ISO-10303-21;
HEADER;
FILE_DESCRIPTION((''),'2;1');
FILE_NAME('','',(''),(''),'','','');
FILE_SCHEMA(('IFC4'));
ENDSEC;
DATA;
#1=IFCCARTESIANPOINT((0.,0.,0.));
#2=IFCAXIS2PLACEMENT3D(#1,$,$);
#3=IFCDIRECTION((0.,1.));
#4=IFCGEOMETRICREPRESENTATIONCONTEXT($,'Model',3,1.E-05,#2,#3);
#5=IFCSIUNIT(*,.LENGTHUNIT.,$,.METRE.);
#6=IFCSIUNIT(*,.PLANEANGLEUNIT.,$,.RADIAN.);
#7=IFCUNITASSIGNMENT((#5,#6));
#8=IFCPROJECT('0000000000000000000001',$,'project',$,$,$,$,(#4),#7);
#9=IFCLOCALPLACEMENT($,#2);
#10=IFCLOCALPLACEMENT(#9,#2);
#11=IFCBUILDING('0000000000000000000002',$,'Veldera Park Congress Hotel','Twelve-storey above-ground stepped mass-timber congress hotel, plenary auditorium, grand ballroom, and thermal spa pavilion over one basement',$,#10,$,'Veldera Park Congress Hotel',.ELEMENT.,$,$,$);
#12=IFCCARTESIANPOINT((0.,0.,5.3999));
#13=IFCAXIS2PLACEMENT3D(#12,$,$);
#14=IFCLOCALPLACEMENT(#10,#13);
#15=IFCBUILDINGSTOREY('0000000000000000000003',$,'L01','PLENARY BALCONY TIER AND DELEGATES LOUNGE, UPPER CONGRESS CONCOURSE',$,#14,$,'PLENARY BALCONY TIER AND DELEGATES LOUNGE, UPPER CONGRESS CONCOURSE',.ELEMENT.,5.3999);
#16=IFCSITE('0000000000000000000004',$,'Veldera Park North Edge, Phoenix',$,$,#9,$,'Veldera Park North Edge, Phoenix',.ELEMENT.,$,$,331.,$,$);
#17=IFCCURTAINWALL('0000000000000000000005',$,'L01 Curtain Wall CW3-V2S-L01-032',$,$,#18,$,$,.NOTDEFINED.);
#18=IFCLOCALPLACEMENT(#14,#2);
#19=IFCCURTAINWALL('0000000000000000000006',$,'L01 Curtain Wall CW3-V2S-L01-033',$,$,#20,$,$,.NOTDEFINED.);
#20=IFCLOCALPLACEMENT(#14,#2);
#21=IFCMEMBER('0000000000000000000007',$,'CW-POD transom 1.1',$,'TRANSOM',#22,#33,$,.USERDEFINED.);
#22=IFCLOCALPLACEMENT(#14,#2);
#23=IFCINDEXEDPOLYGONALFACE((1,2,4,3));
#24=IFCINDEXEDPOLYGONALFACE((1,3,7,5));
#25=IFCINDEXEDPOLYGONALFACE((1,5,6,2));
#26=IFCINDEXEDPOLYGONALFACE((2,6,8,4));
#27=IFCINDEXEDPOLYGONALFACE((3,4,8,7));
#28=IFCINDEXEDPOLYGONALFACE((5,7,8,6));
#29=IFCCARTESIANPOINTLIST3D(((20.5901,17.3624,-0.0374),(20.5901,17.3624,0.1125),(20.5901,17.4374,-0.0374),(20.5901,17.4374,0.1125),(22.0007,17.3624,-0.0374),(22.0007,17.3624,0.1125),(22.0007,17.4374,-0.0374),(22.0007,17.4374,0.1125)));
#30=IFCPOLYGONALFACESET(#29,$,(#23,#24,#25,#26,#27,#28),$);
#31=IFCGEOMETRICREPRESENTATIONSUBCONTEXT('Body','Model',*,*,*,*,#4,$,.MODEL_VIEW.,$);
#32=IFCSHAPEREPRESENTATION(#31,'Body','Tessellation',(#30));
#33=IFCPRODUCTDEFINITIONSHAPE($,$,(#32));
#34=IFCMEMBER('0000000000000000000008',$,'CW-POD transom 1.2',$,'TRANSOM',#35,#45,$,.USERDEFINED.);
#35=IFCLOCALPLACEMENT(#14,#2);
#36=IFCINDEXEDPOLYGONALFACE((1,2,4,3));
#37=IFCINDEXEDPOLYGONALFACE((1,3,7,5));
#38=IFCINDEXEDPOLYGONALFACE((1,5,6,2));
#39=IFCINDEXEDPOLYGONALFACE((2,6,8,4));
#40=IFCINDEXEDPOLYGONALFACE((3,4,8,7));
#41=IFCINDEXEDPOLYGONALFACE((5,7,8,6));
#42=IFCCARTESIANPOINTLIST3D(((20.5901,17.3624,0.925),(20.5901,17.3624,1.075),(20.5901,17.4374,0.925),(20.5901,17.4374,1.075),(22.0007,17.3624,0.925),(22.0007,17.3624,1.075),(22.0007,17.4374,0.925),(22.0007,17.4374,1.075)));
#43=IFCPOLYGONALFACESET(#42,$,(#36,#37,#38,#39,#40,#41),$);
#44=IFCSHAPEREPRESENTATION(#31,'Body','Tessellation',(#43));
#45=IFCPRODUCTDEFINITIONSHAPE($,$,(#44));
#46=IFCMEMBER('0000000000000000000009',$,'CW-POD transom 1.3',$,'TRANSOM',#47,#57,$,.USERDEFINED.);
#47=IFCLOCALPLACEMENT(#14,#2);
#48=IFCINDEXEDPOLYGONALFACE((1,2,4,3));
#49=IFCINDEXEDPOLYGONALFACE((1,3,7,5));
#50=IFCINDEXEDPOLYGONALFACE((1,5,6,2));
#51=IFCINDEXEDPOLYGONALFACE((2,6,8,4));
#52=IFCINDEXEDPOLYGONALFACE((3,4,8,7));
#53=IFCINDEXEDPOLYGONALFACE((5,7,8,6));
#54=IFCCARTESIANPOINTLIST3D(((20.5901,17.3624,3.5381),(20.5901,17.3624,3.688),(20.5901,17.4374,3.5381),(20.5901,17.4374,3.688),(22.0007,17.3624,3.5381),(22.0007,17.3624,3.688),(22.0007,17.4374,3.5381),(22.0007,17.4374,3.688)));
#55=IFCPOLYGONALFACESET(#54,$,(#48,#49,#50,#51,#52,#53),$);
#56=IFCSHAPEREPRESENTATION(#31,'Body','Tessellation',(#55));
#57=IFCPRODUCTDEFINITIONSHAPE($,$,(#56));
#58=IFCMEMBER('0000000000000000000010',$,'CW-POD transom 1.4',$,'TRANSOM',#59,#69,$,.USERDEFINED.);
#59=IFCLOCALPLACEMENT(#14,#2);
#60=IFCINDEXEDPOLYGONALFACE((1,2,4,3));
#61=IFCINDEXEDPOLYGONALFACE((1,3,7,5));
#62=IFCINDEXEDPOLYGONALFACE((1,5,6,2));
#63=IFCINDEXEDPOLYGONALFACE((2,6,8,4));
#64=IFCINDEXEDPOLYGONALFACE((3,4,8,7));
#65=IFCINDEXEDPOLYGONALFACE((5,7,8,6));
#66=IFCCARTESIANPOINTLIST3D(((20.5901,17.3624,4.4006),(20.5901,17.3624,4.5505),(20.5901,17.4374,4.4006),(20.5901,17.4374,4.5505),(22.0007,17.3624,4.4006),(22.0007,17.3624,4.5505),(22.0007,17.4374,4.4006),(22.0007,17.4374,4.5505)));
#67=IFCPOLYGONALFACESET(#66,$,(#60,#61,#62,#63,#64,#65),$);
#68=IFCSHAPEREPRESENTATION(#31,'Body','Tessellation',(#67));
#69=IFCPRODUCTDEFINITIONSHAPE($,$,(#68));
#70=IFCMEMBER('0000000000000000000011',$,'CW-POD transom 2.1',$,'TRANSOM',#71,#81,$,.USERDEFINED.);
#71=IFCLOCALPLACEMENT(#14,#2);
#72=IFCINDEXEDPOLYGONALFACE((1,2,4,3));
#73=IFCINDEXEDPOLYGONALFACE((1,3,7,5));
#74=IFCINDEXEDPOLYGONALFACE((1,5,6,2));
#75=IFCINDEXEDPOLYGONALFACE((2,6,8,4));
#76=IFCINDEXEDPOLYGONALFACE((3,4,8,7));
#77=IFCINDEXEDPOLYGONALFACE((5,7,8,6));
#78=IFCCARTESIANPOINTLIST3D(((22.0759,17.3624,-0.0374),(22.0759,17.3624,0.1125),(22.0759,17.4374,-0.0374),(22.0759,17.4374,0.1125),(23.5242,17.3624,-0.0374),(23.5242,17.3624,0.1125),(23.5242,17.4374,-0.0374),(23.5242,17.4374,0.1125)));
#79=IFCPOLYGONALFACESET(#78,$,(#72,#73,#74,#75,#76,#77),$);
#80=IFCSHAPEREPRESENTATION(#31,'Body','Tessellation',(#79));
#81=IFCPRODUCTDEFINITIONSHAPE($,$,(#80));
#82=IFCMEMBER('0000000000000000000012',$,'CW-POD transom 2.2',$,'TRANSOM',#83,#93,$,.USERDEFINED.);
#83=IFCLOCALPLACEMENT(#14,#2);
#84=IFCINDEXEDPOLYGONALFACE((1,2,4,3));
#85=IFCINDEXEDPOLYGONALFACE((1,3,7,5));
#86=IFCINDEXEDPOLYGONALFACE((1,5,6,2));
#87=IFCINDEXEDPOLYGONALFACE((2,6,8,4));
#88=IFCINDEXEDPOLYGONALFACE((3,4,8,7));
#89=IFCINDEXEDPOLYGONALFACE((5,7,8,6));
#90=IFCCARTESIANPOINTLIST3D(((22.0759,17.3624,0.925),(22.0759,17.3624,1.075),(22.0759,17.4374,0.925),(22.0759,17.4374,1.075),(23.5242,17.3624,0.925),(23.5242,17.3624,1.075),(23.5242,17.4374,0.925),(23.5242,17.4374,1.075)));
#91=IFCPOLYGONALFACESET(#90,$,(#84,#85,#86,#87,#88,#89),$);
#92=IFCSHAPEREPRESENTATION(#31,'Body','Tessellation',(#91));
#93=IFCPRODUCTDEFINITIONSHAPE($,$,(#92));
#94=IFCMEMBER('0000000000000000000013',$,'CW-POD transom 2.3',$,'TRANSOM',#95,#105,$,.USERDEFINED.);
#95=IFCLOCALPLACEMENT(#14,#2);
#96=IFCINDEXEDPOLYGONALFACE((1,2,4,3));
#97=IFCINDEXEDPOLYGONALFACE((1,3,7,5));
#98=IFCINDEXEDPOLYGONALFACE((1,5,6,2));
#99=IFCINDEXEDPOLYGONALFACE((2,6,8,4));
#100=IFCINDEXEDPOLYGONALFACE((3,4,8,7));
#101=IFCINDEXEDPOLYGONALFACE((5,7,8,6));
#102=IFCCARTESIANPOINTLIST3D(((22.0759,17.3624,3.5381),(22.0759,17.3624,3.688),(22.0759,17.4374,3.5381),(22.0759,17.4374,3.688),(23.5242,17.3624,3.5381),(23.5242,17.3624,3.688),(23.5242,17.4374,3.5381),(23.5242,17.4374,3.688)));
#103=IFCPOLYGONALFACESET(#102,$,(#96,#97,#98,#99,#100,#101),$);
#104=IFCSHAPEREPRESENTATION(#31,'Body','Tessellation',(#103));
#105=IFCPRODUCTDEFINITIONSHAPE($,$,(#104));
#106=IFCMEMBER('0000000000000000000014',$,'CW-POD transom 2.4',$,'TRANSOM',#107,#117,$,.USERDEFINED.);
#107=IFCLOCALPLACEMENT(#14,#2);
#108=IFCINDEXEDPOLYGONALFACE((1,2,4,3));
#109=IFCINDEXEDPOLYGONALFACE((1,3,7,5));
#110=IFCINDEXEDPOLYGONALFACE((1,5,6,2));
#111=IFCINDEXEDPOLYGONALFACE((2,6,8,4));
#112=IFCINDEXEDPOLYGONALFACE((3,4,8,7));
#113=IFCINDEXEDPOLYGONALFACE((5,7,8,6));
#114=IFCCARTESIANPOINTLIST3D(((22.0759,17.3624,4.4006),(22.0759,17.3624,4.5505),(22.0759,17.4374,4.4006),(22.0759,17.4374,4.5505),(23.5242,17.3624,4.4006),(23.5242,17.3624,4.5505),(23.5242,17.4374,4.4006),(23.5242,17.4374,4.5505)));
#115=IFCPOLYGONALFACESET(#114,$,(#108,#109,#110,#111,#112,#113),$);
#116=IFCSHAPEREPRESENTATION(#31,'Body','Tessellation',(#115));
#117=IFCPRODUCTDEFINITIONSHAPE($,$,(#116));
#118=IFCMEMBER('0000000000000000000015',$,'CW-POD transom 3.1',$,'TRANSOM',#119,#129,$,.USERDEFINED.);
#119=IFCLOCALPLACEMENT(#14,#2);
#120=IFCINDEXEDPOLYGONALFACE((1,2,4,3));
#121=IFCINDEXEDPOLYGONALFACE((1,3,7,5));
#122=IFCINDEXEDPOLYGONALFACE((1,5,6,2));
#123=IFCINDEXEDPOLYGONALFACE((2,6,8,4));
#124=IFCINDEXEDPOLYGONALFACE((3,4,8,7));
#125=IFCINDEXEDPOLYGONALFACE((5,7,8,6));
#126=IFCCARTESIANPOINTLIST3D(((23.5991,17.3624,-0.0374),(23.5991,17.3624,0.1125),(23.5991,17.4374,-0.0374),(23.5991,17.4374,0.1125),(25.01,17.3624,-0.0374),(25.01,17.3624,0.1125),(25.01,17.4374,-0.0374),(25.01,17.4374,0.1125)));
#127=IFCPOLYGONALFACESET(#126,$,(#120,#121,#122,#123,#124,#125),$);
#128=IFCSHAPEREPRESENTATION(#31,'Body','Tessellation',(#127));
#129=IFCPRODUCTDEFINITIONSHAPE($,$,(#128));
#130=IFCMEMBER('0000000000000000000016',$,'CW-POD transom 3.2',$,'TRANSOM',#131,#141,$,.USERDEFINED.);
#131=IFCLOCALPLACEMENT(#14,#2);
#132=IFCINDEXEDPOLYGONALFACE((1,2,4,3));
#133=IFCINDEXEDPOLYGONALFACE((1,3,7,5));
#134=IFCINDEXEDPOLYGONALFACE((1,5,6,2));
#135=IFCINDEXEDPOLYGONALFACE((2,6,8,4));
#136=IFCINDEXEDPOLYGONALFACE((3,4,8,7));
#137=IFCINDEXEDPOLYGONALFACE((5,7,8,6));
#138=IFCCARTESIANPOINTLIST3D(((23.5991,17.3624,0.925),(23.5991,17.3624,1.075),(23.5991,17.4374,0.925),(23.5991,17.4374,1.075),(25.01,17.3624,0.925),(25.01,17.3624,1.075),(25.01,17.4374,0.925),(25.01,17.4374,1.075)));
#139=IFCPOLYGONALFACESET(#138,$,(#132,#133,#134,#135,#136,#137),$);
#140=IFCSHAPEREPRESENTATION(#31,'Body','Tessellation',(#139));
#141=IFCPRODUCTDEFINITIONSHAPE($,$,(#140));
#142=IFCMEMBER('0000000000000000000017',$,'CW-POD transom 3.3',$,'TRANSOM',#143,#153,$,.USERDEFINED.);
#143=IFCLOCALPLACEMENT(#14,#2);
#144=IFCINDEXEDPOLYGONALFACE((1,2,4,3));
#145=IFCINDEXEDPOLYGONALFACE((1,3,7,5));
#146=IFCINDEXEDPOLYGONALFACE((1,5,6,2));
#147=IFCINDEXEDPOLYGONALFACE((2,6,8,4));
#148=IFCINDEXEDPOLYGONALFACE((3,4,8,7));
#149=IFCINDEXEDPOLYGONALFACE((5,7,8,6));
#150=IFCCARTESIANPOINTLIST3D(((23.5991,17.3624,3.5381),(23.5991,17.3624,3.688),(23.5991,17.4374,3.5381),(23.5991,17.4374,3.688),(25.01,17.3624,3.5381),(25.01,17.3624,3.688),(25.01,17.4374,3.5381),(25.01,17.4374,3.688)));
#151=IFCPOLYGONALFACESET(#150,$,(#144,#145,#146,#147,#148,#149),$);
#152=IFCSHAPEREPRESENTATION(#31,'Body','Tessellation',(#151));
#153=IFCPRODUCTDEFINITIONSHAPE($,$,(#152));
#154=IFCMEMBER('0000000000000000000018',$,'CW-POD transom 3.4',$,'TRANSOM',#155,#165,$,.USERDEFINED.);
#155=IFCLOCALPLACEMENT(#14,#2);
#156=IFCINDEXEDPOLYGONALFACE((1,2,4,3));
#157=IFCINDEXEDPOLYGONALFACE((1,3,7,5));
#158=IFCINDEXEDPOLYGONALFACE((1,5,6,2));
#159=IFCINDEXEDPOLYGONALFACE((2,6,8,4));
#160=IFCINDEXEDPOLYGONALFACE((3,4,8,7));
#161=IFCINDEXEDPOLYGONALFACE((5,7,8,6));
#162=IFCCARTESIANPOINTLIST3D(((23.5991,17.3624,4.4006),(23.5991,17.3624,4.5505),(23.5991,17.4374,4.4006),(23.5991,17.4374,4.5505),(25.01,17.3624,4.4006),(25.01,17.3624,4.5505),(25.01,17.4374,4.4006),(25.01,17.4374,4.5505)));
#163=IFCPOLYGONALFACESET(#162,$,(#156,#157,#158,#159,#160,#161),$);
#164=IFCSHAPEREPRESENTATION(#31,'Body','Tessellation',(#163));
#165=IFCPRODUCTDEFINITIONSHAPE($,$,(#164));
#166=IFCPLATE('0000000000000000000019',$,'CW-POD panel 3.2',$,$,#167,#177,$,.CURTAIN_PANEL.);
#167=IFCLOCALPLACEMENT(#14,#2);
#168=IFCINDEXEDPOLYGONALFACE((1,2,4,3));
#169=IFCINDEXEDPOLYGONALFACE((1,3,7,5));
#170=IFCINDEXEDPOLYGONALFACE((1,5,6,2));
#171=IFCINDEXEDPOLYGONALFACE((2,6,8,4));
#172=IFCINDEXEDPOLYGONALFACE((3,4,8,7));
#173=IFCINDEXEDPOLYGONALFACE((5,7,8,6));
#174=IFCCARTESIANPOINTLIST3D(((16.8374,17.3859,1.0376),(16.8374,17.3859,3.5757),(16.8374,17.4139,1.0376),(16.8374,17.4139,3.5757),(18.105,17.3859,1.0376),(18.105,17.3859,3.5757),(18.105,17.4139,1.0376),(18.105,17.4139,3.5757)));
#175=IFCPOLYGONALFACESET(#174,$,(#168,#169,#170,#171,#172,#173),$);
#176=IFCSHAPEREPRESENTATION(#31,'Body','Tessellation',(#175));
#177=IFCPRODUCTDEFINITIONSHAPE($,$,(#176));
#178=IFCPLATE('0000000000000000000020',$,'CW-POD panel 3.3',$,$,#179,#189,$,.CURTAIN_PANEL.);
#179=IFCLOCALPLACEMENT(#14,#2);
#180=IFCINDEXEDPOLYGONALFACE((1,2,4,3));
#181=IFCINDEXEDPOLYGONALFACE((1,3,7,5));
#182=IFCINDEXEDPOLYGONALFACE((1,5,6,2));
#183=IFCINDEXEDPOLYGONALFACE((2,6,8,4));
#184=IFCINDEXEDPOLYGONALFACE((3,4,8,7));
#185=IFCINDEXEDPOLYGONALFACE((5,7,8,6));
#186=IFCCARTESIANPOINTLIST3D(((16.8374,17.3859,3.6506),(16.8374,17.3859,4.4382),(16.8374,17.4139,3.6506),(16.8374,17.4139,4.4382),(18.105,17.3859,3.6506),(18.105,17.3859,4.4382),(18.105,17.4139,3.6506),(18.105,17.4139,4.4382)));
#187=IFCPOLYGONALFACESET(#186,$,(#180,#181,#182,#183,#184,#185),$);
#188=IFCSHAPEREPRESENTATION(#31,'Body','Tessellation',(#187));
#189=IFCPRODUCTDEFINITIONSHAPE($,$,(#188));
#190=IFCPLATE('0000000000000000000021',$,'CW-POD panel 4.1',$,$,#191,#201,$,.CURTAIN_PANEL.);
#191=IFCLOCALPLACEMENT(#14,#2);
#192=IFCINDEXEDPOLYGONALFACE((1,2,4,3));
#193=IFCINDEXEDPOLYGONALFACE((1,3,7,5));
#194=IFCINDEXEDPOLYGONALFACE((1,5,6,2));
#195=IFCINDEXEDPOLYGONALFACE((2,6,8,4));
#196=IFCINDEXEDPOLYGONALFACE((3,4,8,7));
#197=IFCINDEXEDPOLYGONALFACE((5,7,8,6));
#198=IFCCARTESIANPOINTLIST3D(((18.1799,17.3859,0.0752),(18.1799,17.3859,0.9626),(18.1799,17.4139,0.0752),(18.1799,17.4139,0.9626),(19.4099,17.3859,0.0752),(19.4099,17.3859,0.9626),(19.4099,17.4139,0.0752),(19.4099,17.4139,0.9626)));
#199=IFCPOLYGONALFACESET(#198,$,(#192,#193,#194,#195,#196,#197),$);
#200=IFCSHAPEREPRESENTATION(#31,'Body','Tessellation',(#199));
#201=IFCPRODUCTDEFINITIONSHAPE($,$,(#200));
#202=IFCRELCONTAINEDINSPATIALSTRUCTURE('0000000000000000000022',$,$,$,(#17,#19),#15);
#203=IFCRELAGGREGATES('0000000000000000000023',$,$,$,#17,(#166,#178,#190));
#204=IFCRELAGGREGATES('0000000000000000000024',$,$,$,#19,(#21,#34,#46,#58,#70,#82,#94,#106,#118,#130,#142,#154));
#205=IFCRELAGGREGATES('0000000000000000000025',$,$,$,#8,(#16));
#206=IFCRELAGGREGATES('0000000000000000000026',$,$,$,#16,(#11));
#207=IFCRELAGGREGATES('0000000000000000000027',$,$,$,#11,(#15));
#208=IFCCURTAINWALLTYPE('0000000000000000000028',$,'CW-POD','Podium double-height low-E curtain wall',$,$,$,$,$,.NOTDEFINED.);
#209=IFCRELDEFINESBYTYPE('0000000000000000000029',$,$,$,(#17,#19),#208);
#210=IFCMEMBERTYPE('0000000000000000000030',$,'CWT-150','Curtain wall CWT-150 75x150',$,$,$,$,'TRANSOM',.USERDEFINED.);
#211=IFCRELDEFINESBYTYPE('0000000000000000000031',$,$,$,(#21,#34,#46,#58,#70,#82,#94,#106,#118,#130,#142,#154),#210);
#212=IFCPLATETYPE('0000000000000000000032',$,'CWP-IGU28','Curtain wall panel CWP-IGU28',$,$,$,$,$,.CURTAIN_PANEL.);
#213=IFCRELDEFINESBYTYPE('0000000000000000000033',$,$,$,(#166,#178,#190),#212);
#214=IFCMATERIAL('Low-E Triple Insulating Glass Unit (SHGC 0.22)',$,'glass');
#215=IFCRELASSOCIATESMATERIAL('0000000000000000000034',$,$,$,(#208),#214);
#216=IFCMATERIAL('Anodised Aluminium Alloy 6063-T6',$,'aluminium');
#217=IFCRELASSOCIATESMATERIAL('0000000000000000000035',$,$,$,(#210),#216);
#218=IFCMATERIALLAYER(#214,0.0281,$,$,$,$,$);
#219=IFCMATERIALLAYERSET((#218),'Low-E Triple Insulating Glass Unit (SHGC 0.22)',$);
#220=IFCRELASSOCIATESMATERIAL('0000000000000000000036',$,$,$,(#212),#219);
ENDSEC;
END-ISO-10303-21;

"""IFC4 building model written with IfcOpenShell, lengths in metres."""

from ifc_helpers import new_model, si_unit, direction, frame, origin, origin_2d, place, context, subcontext, project, spatial, rectangle, extrude, material, layer, layer_set, material_profile, profile_set, type_object, element, aggregate, save


model = new_model("IFC4")

# Units and contexts
model_context = context("Model", 3, precision=1e-05, world=origin(), true_north=direction((0.0, 1.0)))
body_context = subcontext(model_context, "Body", "Model", "MODEL_VIEW")
ifc_project = project(units=[si_unit("LENGTHUNIT", "METRE"), si_unit("PLANEANGLEUNIT", "RADIAN")], contexts=[model_context])

# Site, building, storey
site_placement = place(None, origin())
site = spatial("IfcSite", under=ifc_project, at=site_placement, Name="Veldera Park North Edge, Phoenix", LongName="Veldera Park North Edge, Phoenix", CompositionType="ELEMENT", RefElevation=331.0)
building_placement = place(site_placement, origin())
building = spatial("IfcBuilding", under=site, at=building_placement, Name="Veldera Park Congress Hotel", Description="Twelve-storey above-ground stepped mass-timber congress hotel, plenary auditorium, grand ballroom, and thermal spa pavilion over one basement", LongName="Veldera Park Congress Hotel", CompositionType="ELEMENT")
storey_placement = place(building_placement, frame((0.0, 0.0, 5.3999)))
storey = spatial("IfcBuildingStorey", under=building, at=storey_placement, Name="L01", Description="PLENARY BALCONY TIER AND DELEGATES LOUNGE, UPPER CONGRESS CONCOURSE", LongName="PLENARY BALCONY TIER AND DELEGATES LOUNGE, UPPER CONGRESS CONCOURSE", CompositionType="ELEMENT", Elevation=5.3999)

# Curtain walls
ifc_material_1 = material(Name="Low-E Triple Insulating Glass Unit (SHGC 0.22)", Category="glass")
curtain_wall_type = type_object("IfcCurtainWallType", Name="CW-POD", Description="Podium double-height low-E curtain wall", PredefinedType="NOTDEFINED", material=ifc_material_1)
curtain_wall_1_placement = place(storey_placement, origin())
curtain_wall_1 = element("IfcCurtainWall", 1, at=curtain_wall_1_placement, inside=storey, type_object=curtain_wall_type, Name="L01 Curtain Wall CW3-V2S-L01-032", PredefinedType="NOTDEFINED")
ifc_material_2 = material(Name="Anodised Aluminium Alloy 6063-T6", Category="aluminium")
curtain_wall_2_placement = place(storey_placement, origin())
curtain_wall_2 = element("IfcCurtainWall", 2, at=curtain_wall_2_placement, inside=storey, type_object=curtain_wall_type, Name="L01 Curtain Wall CW3-V2S-L01-033", PredefinedType="NOTDEFINED")

# Members
ifc_material_profile_1 = material_profile(ifc_material_2, rectangle(XDim=0.075, YDim=0.1499, at=origin_2d()), Name="ALU 75x150")
ifc_profile_set_1 = profile_set([ifc_material_profile_1], Name="Anodised Aluminium Alloy 6063-T6")
member_type_1 = type_object("IfcMemberType", Name="CWT-150", Description="Curtain wall CWT-150 75x150", ElementType="TRANSOM", PredefinedType="USERDEFINED", material=ifc_profile_set_1)
member_1_placement = place(storey_placement, frame((20.5901, 17.3999, 0.0376), z_axis=(1.0, 0.0, 0.0), x_axis=(0.0, 1.0, 0.0)))
member_1 = element("IfcMember", 3, at=member_1_placement, type_object=member_type_1, Name="CW-POD transom 1.1", ObjectType="TRANSOM", PredefinedType="USERDEFINED", context=body_context, shape_type="SweptSolid", body=[
    extrude(rectangle(XDim=0.075, YDim=0.1499, at=origin_2d()), origin(), (0.0, 0.0, 1.0), 1.4106),
])
member_2_placement = place(storey_placement, frame((20.5901, 17.3999, 1.0), z_axis=(1.0, 0.0, 0.0), x_axis=(0.0, 1.0, 0.0)))
member_2 = element("IfcMember", 4, at=member_2_placement, type_object=member_type_1, Name="CW-POD transom 1.2", ObjectType="TRANSOM", PredefinedType="USERDEFINED", context=body_context, shape_type="SweptSolid", body=[
    extrude(rectangle(XDim=0.075, YDim=0.1499, at=origin_2d()), origin(), (0.0, 0.0, 1.0), 1.4106),
])
member_3_placement = place(storey_placement, frame((20.5901, 17.3999, 3.613), z_axis=(1.0, 0.0, 0.0), x_axis=(0.0, 1.0, 0.0)))
member_3 = element("IfcMember", 5, at=member_3_placement, type_object=member_type_1, Name="CW-POD transom 1.3", ObjectType="TRANSOM", PredefinedType="USERDEFINED", context=body_context, shape_type="SweptSolid", body=[
    extrude(rectangle(XDim=0.075, YDim=0.1499, at=origin_2d()), origin(), (0.0, 0.0, 1.0), 1.4106),
])
member_4_placement = place(storey_placement, frame((20.5901, 17.3999, 4.4756), z_axis=(1.0, 0.0, 0.0), x_axis=(0.0, 1.0, 0.0)))
member_4 = element("IfcMember", 6, at=member_4_placement, type_object=member_type_1, Name="CW-POD transom 1.4", ObjectType="TRANSOM", PredefinedType="USERDEFINED", context=body_context, shape_type="SweptSolid", body=[
    extrude(rectangle(XDim=0.075, YDim=0.1499, at=origin_2d()), origin(), (0.0, 0.0, 1.0), 1.4106),
])
member_5_placement = place(storey_placement, frame((22.0759, 17.3999, 0.0376), z_axis=(1.0, 0.0, 0.0), x_axis=(0.0, 1.0, 0.0)))
member_5 = element("IfcMember", 7, at=member_5_placement, type_object=member_type_1, Name="CW-POD transom 2.1", ObjectType="TRANSOM", PredefinedType="USERDEFINED", context=body_context, shape_type="SweptSolid", body=[
    extrude(rectangle(XDim=0.075, YDim=0.1499, at=origin_2d()), origin(), (0.0, 0.0, 1.0), 1.4482),
])
member_6_placement = place(storey_placement, frame((22.0759, 17.3999, 1.0), z_axis=(1.0, 0.0, 0.0), x_axis=(0.0, 1.0, 0.0)))
member_6 = element("IfcMember", 8, at=member_6_placement, type_object=member_type_1, Name="CW-POD transom 2.2", ObjectType="TRANSOM", PredefinedType="USERDEFINED", context=body_context, shape_type="SweptSolid", body=[
    extrude(rectangle(XDim=0.075, YDim=0.1499, at=origin_2d()), origin(), (0.0, 0.0, 1.0), 1.4482),
])
member_7_placement = place(storey_placement, frame((22.0759, 17.3999, 3.613), z_axis=(1.0, 0.0, 0.0), x_axis=(0.0, 1.0, 0.0)))
member_7 = element("IfcMember", 9, at=member_7_placement, type_object=member_type_1, Name="CW-POD transom 2.3", ObjectType="TRANSOM", PredefinedType="USERDEFINED", context=body_context, shape_type="SweptSolid", body=[
    extrude(rectangle(XDim=0.075, YDim=0.1499, at=origin_2d()), origin(), (0.0, 0.0, 1.0), 1.4482),
])
member_8_placement = place(storey_placement, frame((22.0759, 17.3999, 4.4756), z_axis=(1.0, 0.0, 0.0), x_axis=(0.0, 1.0, 0.0)))
member_8 = element("IfcMember", 10, at=member_8_placement, type_object=member_type_1, Name="CW-POD transom 2.4", ObjectType="TRANSOM", PredefinedType="USERDEFINED", context=body_context, shape_type="SweptSolid", body=[
    extrude(rectangle(XDim=0.075, YDim=0.1499, at=origin_2d()), origin(), (0.0, 0.0, 1.0), 1.4482),
])
member_9_placement = place(storey_placement, frame((23.5991, 17.3999, 0.0376), z_axis=(1.0, 0.0, 0.0), x_axis=(0.0, 1.0, 0.0)))
member_9 = element("IfcMember", 11, at=member_9_placement, type_object=member_type_1, Name="CW-POD transom 3.1", ObjectType="TRANSOM", PredefinedType="USERDEFINED", context=body_context, shape_type="SweptSolid", body=[
    extrude(rectangle(XDim=0.075, YDim=0.1499, at=origin_2d()), origin(), (0.0, 0.0, 1.0), 1.4109),
])
member_10_placement = place(storey_placement, frame((23.5991, 17.3999, 1.0), z_axis=(1.0, 0.0, 0.0), x_axis=(0.0, 1.0, 0.0)))
member_10 = element("IfcMember", 12, at=member_10_placement, type_object=member_type_1, Name="CW-POD transom 3.2", ObjectType="TRANSOM", PredefinedType="USERDEFINED", context=body_context, shape_type="SweptSolid", body=[
    extrude(rectangle(XDim=0.075, YDim=0.1499, at=origin_2d()), origin(), (0.0, 0.0, 1.0), 1.4109),
])
member_11_placement = place(storey_placement, frame((23.5991, 17.3999, 3.613), z_axis=(1.0, 0.0, 0.0), x_axis=(0.0, 1.0, 0.0)))
member_11 = element("IfcMember", 13, at=member_11_placement, type_object=member_type_1, Name="CW-POD transom 3.3", ObjectType="TRANSOM", PredefinedType="USERDEFINED", context=body_context, shape_type="SweptSolid", body=[
    extrude(rectangle(XDim=0.075, YDim=0.1499, at=origin_2d()), origin(), (0.0, 0.0, 1.0), 1.4109),
])
member_12_placement = place(storey_placement, frame((23.5991, 17.3999, 4.4756), z_axis=(1.0, 0.0, 0.0), x_axis=(0.0, 1.0, 0.0)))
member_12 = element("IfcMember", 14, at=member_12_placement, type_object=member_type_1, Name="CW-POD transom 3.4", ObjectType="TRANSOM", PredefinedType="USERDEFINED", context=body_context, shape_type="SweptSolid", body=[
    extrude(rectangle(XDim=0.075, YDim=0.1499, at=origin_2d()), origin(), (0.0, 0.0, 1.0), 1.4109),
])

# Plates
ifc_layer = layer(ifc_material_1, 0.0281)
ifc_layer_set = layer_set([ifc_layer], Name="Low-E Triple Insulating Glass Unit (SHGC 0.22)")
plate_type = type_object("IfcPlateType", Name="CWP-IGU28", Description="Curtain wall panel CWP-IGU28", PredefinedType="CURTAIN_PANEL", material=ifc_layer_set)
plate_1_placement = place(storey_placement, frame((17.4712, 17.3999, 1.0376), z_axis=(0.0, 0.0, 1.0), x_axis=(1.0, 0.0, 0.0)))
plate_1 = element("IfcPlate", 15, at=plate_1_placement, type_object=plate_type, Name="CW-POD panel 3.2", PredefinedType="CURTAIN_PANEL", context=body_context, shape_type="SweptSolid", body=[
    extrude(rectangle(XDim=1.2676, YDim=0.0281, at=origin_2d()), origin(), (0.0, 0.0, 1.0), 2.5381),
])
plate_2_placement = place(storey_placement, frame((17.4712, 17.3999, 3.6506), z_axis=(0.0, 0.0, 1.0), x_axis=(1.0, 0.0, 0.0)))
plate_2 = element("IfcPlate", 16, at=plate_2_placement, type_object=plate_type, Name="CW-POD panel 3.3", PredefinedType="CURTAIN_PANEL", context=body_context, shape_type="SweptSolid", body=[
    extrude(rectangle(XDim=1.2676, YDim=0.0281, at=origin_2d()), origin(), (0.0, 0.0, 1.0), 0.7876),
])
plate_3_placement = place(storey_placement, frame((18.7949, 17.3999, 0.0752), z_axis=(0.0, 0.0, 1.0), x_axis=(1.0, 0.0, 0.0)))
plate_3 = element("IfcPlate", 17, at=plate_3_placement, type_object=plate_type, Name="CW-POD panel 4.1", PredefinedType="CURTAIN_PANEL", context=body_context, shape_type="SweptSolid", body=[
    extrude(rectangle(XDim=1.23, YDim=0.0281, at=origin_2d()), origin(), (0.0, 0.0, 1.0), 0.8875),
])
aggregate(curtain_wall_1, [plate_1, plate_2, plate_3])
aggregate(curtain_wall_2, [member_1, member_2, member_3, member_4, member_5, member_6, member_7, member_8, member_9, member_10, member_11, member_12])

save(model, "model.ifc")
